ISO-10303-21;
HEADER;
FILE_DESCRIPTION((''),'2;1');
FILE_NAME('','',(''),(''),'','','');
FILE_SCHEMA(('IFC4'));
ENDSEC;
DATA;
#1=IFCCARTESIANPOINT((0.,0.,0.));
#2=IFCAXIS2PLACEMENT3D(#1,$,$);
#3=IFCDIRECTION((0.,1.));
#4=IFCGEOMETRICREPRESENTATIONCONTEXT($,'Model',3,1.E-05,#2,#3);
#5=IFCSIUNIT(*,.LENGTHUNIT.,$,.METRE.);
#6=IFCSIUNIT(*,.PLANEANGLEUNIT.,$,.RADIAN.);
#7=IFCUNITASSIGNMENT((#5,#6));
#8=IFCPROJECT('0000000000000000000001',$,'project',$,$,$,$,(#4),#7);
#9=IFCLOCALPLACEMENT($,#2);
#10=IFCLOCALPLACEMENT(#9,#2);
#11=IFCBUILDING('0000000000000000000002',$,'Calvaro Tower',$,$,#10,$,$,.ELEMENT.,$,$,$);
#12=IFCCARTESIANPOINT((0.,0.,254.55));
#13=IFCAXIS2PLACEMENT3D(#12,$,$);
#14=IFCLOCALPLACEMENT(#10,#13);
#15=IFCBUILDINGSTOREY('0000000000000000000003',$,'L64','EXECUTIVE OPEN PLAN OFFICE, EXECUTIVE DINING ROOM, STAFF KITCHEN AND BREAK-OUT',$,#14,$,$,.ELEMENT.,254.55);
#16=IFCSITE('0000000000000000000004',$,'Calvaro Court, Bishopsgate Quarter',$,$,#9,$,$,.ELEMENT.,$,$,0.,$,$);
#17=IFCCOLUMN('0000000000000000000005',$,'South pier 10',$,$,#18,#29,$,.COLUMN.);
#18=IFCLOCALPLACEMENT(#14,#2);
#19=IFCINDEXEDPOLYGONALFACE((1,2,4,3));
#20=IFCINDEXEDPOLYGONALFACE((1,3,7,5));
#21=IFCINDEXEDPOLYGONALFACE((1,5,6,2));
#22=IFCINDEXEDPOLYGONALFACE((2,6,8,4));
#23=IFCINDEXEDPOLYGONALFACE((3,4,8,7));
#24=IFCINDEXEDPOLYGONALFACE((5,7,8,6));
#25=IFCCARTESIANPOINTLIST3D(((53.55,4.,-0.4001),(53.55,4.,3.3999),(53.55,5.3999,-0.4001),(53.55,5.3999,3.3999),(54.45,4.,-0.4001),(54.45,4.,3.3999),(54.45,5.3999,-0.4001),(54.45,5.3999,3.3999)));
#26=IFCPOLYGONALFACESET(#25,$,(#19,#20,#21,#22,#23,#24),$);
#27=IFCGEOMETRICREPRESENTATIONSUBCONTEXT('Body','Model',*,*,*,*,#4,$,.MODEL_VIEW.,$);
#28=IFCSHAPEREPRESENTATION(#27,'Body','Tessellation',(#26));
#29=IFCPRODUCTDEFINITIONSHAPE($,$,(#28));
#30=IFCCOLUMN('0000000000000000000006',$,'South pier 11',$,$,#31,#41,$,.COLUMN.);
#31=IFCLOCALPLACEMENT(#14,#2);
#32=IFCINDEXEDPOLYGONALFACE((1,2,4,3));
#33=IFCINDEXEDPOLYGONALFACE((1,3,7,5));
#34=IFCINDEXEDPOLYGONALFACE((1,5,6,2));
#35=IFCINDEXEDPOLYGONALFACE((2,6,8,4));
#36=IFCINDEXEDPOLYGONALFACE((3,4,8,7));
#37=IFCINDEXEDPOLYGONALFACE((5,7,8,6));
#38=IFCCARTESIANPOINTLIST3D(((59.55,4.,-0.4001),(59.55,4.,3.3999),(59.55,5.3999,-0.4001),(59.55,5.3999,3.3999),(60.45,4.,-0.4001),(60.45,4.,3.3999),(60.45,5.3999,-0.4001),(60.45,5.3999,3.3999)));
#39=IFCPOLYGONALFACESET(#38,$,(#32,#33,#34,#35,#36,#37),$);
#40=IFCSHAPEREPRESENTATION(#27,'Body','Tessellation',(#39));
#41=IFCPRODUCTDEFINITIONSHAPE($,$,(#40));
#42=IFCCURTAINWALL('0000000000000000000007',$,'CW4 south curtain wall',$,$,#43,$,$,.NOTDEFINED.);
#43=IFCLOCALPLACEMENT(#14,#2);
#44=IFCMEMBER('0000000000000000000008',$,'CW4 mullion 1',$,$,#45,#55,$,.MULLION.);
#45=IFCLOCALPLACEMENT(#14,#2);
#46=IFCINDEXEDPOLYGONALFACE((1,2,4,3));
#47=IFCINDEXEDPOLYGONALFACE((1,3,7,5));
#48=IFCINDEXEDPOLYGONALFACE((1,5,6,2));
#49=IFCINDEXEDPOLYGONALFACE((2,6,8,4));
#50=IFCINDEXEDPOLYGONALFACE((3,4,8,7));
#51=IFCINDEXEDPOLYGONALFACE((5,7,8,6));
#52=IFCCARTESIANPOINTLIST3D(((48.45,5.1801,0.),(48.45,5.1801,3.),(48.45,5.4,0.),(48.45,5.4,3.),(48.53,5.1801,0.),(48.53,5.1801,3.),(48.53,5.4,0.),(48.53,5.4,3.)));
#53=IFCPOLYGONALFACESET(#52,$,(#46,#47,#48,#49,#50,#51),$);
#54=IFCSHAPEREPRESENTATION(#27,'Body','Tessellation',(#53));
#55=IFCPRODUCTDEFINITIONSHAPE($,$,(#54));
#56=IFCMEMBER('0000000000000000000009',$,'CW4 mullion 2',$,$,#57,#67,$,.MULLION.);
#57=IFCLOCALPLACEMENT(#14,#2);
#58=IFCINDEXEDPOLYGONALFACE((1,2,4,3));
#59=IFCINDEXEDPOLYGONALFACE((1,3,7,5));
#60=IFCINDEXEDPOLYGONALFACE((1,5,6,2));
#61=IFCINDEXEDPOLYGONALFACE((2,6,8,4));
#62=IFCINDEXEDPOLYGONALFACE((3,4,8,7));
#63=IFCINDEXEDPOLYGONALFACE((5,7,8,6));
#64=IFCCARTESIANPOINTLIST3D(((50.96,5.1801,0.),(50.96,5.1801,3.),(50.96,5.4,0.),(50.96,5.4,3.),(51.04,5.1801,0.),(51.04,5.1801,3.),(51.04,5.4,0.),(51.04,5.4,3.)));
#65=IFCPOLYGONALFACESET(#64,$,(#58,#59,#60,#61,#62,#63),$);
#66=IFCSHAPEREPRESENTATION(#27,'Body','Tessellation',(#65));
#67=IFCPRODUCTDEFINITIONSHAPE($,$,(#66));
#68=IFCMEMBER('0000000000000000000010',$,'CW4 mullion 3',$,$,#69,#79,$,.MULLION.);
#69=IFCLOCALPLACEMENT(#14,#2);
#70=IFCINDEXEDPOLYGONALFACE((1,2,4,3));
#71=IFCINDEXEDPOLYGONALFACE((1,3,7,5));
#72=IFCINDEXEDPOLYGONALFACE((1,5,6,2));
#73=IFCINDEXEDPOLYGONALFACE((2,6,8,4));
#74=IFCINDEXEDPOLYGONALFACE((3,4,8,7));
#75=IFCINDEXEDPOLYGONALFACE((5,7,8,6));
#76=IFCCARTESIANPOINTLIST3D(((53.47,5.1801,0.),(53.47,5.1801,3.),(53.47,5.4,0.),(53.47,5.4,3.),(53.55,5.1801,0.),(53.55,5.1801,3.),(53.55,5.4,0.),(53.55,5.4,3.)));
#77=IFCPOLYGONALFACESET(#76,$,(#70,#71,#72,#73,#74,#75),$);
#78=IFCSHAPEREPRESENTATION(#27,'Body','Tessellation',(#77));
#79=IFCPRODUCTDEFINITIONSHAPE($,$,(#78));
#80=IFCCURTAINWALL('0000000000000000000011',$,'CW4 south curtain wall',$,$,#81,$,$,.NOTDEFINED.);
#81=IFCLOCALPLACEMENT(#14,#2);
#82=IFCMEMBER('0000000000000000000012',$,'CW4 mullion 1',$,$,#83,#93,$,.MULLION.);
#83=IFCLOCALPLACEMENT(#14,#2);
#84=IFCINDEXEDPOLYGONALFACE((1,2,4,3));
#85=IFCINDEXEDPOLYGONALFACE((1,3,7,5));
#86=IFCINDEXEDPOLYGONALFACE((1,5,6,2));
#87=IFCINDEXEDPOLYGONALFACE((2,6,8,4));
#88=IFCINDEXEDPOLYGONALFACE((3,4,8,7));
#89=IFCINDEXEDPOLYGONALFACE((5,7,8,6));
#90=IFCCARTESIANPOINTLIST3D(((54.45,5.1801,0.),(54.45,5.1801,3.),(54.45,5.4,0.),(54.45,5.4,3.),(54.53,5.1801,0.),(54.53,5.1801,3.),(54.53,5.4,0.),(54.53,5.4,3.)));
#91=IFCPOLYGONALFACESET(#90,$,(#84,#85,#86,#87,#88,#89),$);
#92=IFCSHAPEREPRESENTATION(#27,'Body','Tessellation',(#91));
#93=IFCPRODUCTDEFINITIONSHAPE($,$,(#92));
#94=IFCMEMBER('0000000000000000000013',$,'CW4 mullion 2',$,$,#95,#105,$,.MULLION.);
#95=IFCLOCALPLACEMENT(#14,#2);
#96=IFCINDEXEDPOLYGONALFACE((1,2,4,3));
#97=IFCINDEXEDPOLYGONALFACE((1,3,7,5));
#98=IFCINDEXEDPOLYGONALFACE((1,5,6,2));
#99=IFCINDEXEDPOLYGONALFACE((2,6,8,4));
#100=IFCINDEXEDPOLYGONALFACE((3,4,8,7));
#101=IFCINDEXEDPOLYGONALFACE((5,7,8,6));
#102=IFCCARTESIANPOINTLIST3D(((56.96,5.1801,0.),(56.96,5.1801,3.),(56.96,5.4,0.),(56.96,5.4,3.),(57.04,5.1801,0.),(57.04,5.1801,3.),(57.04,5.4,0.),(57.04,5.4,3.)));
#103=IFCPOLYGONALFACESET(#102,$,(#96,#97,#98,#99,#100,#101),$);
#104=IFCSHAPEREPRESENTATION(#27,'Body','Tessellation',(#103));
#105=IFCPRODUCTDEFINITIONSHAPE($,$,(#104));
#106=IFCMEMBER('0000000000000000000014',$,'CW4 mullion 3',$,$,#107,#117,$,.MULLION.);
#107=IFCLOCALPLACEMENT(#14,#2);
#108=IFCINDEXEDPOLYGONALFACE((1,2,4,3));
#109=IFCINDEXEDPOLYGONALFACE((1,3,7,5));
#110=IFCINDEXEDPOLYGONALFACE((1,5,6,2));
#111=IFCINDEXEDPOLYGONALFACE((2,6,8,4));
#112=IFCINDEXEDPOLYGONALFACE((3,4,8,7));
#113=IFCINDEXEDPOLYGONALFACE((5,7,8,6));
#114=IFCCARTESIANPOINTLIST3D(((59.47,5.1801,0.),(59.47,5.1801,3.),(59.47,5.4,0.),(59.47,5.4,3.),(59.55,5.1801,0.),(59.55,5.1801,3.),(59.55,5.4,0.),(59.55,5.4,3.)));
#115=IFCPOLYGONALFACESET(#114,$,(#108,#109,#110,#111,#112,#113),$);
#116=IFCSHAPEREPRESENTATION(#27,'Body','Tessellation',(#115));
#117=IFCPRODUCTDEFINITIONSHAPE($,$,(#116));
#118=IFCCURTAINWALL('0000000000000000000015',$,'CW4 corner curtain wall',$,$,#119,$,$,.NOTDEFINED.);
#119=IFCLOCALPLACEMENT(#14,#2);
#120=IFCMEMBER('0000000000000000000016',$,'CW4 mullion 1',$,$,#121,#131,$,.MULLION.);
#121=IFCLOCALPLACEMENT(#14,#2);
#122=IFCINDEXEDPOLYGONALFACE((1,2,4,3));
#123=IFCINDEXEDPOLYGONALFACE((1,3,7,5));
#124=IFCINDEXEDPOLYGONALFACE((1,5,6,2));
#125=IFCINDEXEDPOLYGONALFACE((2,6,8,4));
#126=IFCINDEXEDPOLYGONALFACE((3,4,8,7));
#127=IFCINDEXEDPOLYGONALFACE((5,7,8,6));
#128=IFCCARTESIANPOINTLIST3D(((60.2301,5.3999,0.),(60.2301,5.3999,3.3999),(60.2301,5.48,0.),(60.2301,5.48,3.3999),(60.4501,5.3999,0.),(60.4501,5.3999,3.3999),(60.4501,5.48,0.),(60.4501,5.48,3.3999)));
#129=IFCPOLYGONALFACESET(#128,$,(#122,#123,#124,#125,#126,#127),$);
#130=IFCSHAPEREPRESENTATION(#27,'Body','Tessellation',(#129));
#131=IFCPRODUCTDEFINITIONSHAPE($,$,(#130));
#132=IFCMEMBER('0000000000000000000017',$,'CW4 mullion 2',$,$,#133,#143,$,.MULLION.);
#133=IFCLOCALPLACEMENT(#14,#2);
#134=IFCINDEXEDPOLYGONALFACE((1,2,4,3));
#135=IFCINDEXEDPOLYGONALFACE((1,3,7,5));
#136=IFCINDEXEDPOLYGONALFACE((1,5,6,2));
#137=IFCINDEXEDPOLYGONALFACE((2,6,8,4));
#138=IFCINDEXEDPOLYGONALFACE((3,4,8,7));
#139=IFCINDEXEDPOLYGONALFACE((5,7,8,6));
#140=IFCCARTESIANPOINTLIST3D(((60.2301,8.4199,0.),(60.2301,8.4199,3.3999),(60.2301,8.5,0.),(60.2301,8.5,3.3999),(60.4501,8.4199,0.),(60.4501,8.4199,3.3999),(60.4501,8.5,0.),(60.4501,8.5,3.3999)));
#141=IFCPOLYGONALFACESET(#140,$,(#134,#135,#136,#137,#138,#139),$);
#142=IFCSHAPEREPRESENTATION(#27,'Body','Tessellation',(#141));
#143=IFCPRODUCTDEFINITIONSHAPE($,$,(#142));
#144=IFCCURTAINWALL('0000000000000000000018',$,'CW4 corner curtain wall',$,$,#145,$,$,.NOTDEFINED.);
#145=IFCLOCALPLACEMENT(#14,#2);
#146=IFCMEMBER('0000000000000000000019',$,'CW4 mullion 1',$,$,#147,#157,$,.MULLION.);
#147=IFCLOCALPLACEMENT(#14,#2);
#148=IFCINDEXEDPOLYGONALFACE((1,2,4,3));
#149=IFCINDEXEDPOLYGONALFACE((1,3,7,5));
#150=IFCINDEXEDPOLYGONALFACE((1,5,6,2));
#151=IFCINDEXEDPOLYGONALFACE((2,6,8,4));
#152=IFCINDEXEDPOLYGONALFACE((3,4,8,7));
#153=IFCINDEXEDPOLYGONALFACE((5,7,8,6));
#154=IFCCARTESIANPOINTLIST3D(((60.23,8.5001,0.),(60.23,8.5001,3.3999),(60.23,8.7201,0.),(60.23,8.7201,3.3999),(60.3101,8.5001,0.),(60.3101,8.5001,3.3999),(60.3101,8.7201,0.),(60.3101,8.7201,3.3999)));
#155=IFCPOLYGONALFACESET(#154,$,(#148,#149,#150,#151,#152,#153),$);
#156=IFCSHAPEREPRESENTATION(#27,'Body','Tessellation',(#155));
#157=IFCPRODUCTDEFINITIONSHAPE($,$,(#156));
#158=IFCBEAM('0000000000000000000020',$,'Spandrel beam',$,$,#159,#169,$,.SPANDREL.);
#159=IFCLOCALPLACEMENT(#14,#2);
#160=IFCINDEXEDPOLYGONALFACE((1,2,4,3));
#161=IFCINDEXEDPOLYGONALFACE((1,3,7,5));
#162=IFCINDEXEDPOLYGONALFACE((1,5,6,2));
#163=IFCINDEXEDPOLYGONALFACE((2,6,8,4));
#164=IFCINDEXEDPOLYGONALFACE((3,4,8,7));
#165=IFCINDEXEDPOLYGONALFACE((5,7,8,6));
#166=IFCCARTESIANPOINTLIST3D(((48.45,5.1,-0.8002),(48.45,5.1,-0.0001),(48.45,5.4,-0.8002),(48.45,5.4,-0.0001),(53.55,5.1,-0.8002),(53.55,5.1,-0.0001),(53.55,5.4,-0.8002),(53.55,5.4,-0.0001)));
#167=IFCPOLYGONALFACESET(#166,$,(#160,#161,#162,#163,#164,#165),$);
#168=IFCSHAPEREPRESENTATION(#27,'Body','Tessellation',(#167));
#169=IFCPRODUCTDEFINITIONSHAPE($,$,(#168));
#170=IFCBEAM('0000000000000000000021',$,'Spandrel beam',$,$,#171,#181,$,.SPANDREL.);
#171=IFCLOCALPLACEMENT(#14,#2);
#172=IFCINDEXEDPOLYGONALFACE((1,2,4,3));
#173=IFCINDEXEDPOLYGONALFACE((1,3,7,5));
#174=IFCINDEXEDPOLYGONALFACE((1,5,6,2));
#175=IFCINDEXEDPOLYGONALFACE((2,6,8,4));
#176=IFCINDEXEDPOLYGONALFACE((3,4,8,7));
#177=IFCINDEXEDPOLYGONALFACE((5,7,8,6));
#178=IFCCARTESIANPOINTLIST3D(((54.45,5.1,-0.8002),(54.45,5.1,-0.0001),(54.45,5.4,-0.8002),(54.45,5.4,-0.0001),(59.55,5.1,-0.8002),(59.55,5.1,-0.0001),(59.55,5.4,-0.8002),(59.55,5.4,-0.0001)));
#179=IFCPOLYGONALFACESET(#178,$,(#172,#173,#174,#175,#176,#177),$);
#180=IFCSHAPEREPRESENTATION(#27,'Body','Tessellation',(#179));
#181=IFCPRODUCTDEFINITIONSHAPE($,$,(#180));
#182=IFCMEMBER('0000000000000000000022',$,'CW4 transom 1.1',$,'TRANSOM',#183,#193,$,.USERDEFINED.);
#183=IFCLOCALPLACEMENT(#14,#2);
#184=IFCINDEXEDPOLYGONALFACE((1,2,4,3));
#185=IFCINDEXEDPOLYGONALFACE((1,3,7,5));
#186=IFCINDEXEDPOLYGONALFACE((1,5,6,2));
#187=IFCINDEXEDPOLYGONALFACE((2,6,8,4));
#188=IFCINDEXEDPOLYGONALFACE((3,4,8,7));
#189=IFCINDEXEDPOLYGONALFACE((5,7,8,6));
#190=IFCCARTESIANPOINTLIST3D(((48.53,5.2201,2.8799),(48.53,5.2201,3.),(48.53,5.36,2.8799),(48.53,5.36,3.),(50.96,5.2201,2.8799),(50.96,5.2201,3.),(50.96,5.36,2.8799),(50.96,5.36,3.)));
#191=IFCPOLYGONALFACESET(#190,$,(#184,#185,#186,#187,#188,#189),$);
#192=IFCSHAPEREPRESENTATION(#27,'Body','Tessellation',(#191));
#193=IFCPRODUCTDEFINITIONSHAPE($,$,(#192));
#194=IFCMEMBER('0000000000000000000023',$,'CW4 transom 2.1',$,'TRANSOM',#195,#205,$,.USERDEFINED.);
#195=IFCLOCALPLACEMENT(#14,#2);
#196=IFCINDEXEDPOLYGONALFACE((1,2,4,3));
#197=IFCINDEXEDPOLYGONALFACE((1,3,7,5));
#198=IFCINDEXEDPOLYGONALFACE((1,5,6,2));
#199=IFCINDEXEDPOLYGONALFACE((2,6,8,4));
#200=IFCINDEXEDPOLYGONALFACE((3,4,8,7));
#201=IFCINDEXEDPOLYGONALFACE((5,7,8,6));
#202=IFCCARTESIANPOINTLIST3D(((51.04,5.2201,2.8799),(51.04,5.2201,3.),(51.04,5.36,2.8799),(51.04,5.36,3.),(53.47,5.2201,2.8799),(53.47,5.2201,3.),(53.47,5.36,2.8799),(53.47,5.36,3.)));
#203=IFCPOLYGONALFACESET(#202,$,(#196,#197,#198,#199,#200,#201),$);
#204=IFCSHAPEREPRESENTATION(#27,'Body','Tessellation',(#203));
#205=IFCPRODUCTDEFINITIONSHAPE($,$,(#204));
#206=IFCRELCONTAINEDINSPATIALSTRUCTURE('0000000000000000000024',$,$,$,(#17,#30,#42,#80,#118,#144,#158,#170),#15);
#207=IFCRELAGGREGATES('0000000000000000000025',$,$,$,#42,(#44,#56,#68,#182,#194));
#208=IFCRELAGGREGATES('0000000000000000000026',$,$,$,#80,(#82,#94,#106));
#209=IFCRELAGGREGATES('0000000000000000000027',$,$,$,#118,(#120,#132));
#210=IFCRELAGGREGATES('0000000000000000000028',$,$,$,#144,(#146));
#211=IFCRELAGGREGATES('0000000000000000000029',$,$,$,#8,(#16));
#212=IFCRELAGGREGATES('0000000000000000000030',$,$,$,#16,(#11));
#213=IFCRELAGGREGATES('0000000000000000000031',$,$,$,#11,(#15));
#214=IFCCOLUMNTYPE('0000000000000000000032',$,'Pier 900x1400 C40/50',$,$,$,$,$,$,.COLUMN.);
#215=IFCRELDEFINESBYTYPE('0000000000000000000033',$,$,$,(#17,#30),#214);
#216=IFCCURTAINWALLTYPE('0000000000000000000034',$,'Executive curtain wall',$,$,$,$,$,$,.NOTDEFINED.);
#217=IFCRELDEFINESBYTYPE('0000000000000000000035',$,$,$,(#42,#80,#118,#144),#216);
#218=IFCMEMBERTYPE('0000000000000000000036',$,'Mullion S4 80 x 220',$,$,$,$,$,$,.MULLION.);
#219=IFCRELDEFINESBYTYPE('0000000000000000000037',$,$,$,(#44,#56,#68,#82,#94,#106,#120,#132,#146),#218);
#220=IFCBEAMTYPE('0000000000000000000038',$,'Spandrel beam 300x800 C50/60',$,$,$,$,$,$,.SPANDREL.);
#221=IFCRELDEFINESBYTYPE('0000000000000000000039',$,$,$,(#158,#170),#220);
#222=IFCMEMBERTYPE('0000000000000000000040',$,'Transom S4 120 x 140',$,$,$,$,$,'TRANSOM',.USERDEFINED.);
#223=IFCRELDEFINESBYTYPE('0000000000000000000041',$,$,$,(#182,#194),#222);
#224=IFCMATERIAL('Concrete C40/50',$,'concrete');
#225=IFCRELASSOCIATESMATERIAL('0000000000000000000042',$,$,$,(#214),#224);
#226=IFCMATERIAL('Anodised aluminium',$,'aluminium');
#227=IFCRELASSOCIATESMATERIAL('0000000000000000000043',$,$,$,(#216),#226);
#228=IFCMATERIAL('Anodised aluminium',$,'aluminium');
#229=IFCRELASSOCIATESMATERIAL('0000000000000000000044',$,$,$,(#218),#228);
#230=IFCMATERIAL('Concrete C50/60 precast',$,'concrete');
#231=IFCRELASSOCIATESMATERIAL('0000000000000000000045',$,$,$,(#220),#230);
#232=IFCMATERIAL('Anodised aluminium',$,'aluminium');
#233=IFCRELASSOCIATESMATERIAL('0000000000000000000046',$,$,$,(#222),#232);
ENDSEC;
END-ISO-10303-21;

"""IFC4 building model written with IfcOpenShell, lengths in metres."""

from ifc_helpers import new_model, si_unit, direction, frame, origin, origin_2d, place, context, subcontext, project, spatial, rectangle, extrude, material, material_profile, profile_set, type_object, element, aggregate, save


model = new_model("IFC4")

# Units and contexts
model_context = context("Model", 3, precision=1e-05, world=origin(), true_north=direction((0.0, 1.0)))
body_context = subcontext(model_context, "Body", "Model", "MODEL_VIEW")
ifc_project = project(units=[si_unit("LENGTHUNIT", "METRE"), si_unit("PLANEANGLEUNIT", "RADIAN")], contexts=[model_context])

# Site, building, storey
site_placement = place(None, origin())
site = spatial("IfcSite", under=ifc_project, at=site_placement, Name="Calvaro Court, Bishopsgate Quarter", CompositionType="ELEMENT", RefElevation=0.0)
building_placement = place(site_placement, origin())
building = spatial("IfcBuilding", under=site, at=building_placement, Name="Calvaro Tower", CompositionType="ELEMENT")
storey_placement = place(building_placement, frame((0.0, 0.0, 254.55)))
storey = spatial("IfcBuildingStorey", under=building, at=storey_placement, Name="L64", Description="EXECUTIVE OPEN PLAN OFFICE, EXECUTIVE DINING ROOM, STAFF KITCHEN AND BREAK-OUT", CompositionType="ELEMENT", Elevation=254.55)

# Columns
ifc_material_1 = material(Name="Concrete C40/50", Category="concrete")
ifc_material_profile_1 = material_profile(ifc_material_1, rectangle(XDim=0.8999, YDim=1.3999, at=origin_2d()), Name="RC 900x1400")
ifc_profile_set_1 = profile_set([ifc_material_profile_1], Name="Concrete C40/50")
column_type = type_object("IfcColumnType", Name="Pier 900x1400 C40/50", PredefinedType="COLUMN", material=ifc_profile_set_1)
for number, where, z_axis, x_axis, name in (
    (1, (54.0, 4.7, -0.4001), (0.0, 0.0, 1.0), (1.0, 0.0, 0.0), "South pier 10"),
    (2, (60.0, 4.7, -0.4001), (0.0, 0.0, 1.0), (1.0, 0.0, 0.0), "South pier 11"),
):
    element("IfcColumn", number, at=place(storey_placement, frame(where, z_axis=z_axis, x_axis=x_axis)), inside=storey, type_object=column_type, Name=name, PredefinedType="COLUMN", context=body_context, shape_type="SweptSolid", body=[
        extrude(rectangle(XDim=0.8999, YDim=1.3999, at=origin_2d()), origin(), (0.0, 0.0, 1.0), 3.8),
    ])

# Curtain walls, members
ifc_material_2 = material(Name="Anodised aluminium", Category="aluminium")
curtain_wall_type = type_object("IfcCurtainWallType", Name="Executive curtain wall", PredefinedType="NOTDEFINED", material=ifc_material_2)
curtain_wall_1_placement = place(storey_placement, origin())
curtain_wall_1 = element("IfcCurtainWall", 3, at=curtain_wall_1_placement, inside=storey, type_object=curtain_wall_type, Name="CW4 south curtain wall", PredefinedType="NOTDEFINED")
ifc_material_3 = material(Name="Anodised aluminium", Category="aluminium")
ifc_material_profile_2 = material_profile(ifc_material_3, rectangle(XDim=0.22, YDim=0.0801, at=origin_2d()), Name="Mullion S4 80 x 220")
ifc_profile_set_2 = profile_set([ifc_material_profile_2], Name="Anodised aluminium")
member_type_1 = type_object("IfcMemberType", Name="Mullion S4 80 x 220", PredefinedType="MULLION", material=ifc_profile_set_2)
member_1_placement = place(storey_placement, frame((48.49, 5.29, 0.0), z_axis=(0.0, 0.0, 1.0), x_axis=(0.0, 1.0, 0.0)))
member_1 = element("IfcMember", 4, at=member_1_placement, type_object=member_type_1, Name="CW4 mullion 1", PredefinedType="MULLION", context=body_context, shape_type="SweptSolid", body=[
    extrude(rectangle(XDim=0.22, YDim=0.0801, at=origin_2d()), origin(), (0.0, 0.0, 1.0), 3.0),
])
member_2_placement = place(storey_placement, frame((51.0, 5.29, 0.0), z_axis=(0.0, 0.0, 1.0), x_axis=(0.0, 1.0, 0.0)))
member_2 = element("IfcMember", 5, at=member_2_placement, type_object=member_type_1, Name="CW4 mullion 2", PredefinedType="MULLION", context=body_context, shape_type="SweptSolid", body=[
    extrude(rectangle(XDim=0.22, YDim=0.0801, at=origin_2d()), origin(), (0.0, 0.0, 1.0), 3.0),
])
member_3_placement = place(storey_placement, frame((53.51, 5.29, 0.0), z_axis=(0.0, 0.0, 1.0), x_axis=(0.0, 1.0, 0.0)))
member_3 = element("IfcMember", 6, at=member_3_placement, type_object=member_type_1, Name="CW4 mullion 3", PredefinedType="MULLION", context=body_context, shape_type="SweptSolid", body=[
    extrude(rectangle(XDim=0.22, YDim=0.0801, at=origin_2d()), origin(), (0.0, 0.0, 1.0), 3.0),
])
curtain_wall_2_placement = place(storey_placement, origin())
curtain_wall_2 = element("IfcCurtainWall", 7, at=curtain_wall_2_placement, inside=storey, type_object=curtain_wall_type, Name="CW4 south curtain wall", PredefinedType="NOTDEFINED")
member_4_placement = place(storey_placement, frame((54.49, 5.29, 0.0), z_axis=(0.0, 0.0, 1.0), x_axis=(0.0, 1.0, 0.0)))
member_4 = element("IfcMember", 8, at=member_4_placement, type_object=member_type_1, Name="CW4 mullion 1", PredefinedType="MULLION", context=body_context, shape_type="SweptSolid", body=[
    extrude(rectangle(XDim=0.22, YDim=0.0801, at=origin_2d()), origin(), (0.0, 0.0, 1.0), 3.0),
])
member_5_placement = place(storey_placement, frame((57.0, 5.29, 0.0), z_axis=(0.0, 0.0, 1.0), x_axis=(0.0, 1.0, 0.0)))
member_5 = element("IfcMember", 9, at=member_5_placement, type_object=member_type_1, Name="CW4 mullion 2", PredefinedType="MULLION", context=body_context, shape_type="SweptSolid", body=[
    extrude(rectangle(XDim=0.22, YDim=0.0801, at=origin_2d()), origin(), (0.0, 0.0, 1.0), 3.0),
])
member_6_placement = place(storey_placement, frame((59.51, 5.29, 0.0), z_axis=(0.0, 0.0, 1.0), x_axis=(0.0, 1.0, 0.0)))
member_6 = element("IfcMember", 10, at=member_6_placement, type_object=member_type_1, Name="CW4 mullion 3", PredefinedType="MULLION", context=body_context, shape_type="SweptSolid", body=[
    extrude(rectangle(XDim=0.22, YDim=0.0801, at=origin_2d()), origin(), (0.0, 0.0, 1.0), 3.0),
])
curtain_wall_3_placement = place(storey_placement, origin())
curtain_wall_3 = element("IfcCurtainWall", 11, at=curtain_wall_3_placement, inside=storey, type_object=curtain_wall_type, Name="CW4 corner curtain wall", PredefinedType="NOTDEFINED")
member_7_placement = place(storey_placement, frame((60.3401, 5.4399, 0.0), z_axis=(0.0, 0.0, 1.0), x_axis=(-1.0, 0.0, 0.0)))
member_7 = element("IfcMember", 12, at=member_7_placement, type_object=member_type_1, Name="CW4 mullion 1", PredefinedType="MULLION", context=body_context, shape_type="SweptSolid", body=[
    extrude(rectangle(XDim=0.22, YDim=0.0801, at=origin_2d()), origin(), (0.0, 0.0, 1.0), 3.3999),
])
member_8_placement = place(storey_placement, frame((60.3401, 8.46, 0.0), z_axis=(0.0, 0.0, 1.0), x_axis=(-1.0, 0.0, 0.0)))
member_8 = element("IfcMember", 13, at=member_8_placement, type_object=member_type_1, Name="CW4 mullion 2", PredefinedType="MULLION", context=body_context, shape_type="SweptSolid", body=[
    extrude(rectangle(XDim=0.22, YDim=0.0801, at=origin_2d()), origin(), (0.0, 0.0, 1.0), 3.3999),
])

# Curtain wall, member
curtain_wall_4_placement = place(storey_placement, origin())
curtain_wall_4 = element("IfcCurtainWall", 14, at=curtain_wall_4_placement, inside=storey, type_object=curtain_wall_type, Name="CW4 corner curtain wall", PredefinedType="NOTDEFINED")
member_9_placement = place(storey_placement, frame((60.27, 8.6101, 0.0), z_axis=(0.0, 0.0, 1.0), x_axis=(0.0, 1.0, 0.0)))
member_9 = element("IfcMember", 15, at=member_9_placement, type_object=member_type_1, Name="CW4 mullion 1", PredefinedType="MULLION", context=body_context, shape_type="SweptSolid", body=[
    extrude(rectangle(XDim=0.22, YDim=0.0801, at=origin_2d()), origin(), (0.0, 0.0, 1.0), 3.3999),
])

# Beams
ifc_material_4 = material(Name="Concrete C50/60 precast", Category="concrete")
ifc_material_profile_3 = material_profile(ifc_material_4, rectangle(XDim=0.3, YDim=0.8, at=origin_2d()), Name="RC 300x800")
ifc_profile_set_3 = profile_set([ifc_material_profile_3], Name="Concrete C50/60 precast")
beam_type = type_object("IfcBeamType", Name="Spandrel beam 300x800 C50/60", PredefinedType="SPANDREL", material=ifc_profile_set_3)
for number, where, z_axis, x_axis, name in (
    (16, (48.45, 5.25, -0.4001), (1.0, 0.0, 0.0), (0.0, 1.0, 0.0), "Spandrel beam"),
    (17, (54.45, 5.25, -0.4001), (1.0, 0.0, 0.0), (0.0, 1.0, 0.0), "Spandrel beam"),
):
    element("IfcBeam", number, at=place(storey_placement, frame(where, z_axis=z_axis, x_axis=x_axis)), inside=storey, type_object=beam_type, Name=name, PredefinedType="SPANDREL", context=body_context, shape_type="SweptSolid", body=[
        extrude(rectangle(XDim=0.3, YDim=0.8, at=origin_2d()), origin(), (0.0, 0.0, 1.0), 5.1001),
    ])

# Members
ifc_material_5 = material(Name="Anodised aluminium", Category="aluminium")
ifc_material_profile_4 = material_profile(ifc_material_5, rectangle(XDim=0.1399, YDim=0.1201, at=origin_2d()), Name="Transom S4 120 x 140")
ifc_profile_set_4 = profile_set([ifc_material_profile_4], Name="Anodised aluminium")
member_type_2 = type_object("IfcMemberType", Name="Transom S4 120 x 140", ElementType="TRANSOM", PredefinedType="USERDEFINED", material=ifc_profile_set_4)
member_10_placement = place(storey_placement, frame((48.53, 5.29, 2.9399), z_axis=(1.0, 0.0, 0.0), x_axis=(0.0, 1.0, 0.0)))
member_10 = element("IfcMember", 18, at=member_10_placement, type_object=member_type_2, Name="CW4 transom 1.1", ObjectType="TRANSOM", PredefinedType="USERDEFINED", context=body_context, shape_type="SweptSolid", body=[
    extrude(rectangle(XDim=0.1399, YDim=0.1201, at=origin_2d()), origin(), (0.0, 0.0, 1.0), 2.4299),
])
member_11_placement = place(storey_placement, frame((51.04, 5.29, 2.9399), z_axis=(1.0, 0.0, 0.0), x_axis=(0.0, 1.0, 0.0)))
member_11 = element("IfcMember", 19, at=member_11_placement, type_object=member_type_2, Name="CW4 transom 2.1", ObjectType="TRANSOM", PredefinedType="USERDEFINED", context=body_context, shape_type="SweptSolid", body=[
    extrude(rectangle(XDim=0.1399, YDim=0.1201, at=origin_2d()), origin(), (0.0, 0.0, 1.0), 2.4299),
])

aggregate(curtain_wall_1, [member_1, member_2, member_3, member_10, member_11])
aggregate(curtain_wall_2, [member_4, member_5, member_6])
aggregate(curtain_wall_3, [member_7, member_8])
aggregate(curtain_wall_4, [member_9])

save(model, "model.ifc")
